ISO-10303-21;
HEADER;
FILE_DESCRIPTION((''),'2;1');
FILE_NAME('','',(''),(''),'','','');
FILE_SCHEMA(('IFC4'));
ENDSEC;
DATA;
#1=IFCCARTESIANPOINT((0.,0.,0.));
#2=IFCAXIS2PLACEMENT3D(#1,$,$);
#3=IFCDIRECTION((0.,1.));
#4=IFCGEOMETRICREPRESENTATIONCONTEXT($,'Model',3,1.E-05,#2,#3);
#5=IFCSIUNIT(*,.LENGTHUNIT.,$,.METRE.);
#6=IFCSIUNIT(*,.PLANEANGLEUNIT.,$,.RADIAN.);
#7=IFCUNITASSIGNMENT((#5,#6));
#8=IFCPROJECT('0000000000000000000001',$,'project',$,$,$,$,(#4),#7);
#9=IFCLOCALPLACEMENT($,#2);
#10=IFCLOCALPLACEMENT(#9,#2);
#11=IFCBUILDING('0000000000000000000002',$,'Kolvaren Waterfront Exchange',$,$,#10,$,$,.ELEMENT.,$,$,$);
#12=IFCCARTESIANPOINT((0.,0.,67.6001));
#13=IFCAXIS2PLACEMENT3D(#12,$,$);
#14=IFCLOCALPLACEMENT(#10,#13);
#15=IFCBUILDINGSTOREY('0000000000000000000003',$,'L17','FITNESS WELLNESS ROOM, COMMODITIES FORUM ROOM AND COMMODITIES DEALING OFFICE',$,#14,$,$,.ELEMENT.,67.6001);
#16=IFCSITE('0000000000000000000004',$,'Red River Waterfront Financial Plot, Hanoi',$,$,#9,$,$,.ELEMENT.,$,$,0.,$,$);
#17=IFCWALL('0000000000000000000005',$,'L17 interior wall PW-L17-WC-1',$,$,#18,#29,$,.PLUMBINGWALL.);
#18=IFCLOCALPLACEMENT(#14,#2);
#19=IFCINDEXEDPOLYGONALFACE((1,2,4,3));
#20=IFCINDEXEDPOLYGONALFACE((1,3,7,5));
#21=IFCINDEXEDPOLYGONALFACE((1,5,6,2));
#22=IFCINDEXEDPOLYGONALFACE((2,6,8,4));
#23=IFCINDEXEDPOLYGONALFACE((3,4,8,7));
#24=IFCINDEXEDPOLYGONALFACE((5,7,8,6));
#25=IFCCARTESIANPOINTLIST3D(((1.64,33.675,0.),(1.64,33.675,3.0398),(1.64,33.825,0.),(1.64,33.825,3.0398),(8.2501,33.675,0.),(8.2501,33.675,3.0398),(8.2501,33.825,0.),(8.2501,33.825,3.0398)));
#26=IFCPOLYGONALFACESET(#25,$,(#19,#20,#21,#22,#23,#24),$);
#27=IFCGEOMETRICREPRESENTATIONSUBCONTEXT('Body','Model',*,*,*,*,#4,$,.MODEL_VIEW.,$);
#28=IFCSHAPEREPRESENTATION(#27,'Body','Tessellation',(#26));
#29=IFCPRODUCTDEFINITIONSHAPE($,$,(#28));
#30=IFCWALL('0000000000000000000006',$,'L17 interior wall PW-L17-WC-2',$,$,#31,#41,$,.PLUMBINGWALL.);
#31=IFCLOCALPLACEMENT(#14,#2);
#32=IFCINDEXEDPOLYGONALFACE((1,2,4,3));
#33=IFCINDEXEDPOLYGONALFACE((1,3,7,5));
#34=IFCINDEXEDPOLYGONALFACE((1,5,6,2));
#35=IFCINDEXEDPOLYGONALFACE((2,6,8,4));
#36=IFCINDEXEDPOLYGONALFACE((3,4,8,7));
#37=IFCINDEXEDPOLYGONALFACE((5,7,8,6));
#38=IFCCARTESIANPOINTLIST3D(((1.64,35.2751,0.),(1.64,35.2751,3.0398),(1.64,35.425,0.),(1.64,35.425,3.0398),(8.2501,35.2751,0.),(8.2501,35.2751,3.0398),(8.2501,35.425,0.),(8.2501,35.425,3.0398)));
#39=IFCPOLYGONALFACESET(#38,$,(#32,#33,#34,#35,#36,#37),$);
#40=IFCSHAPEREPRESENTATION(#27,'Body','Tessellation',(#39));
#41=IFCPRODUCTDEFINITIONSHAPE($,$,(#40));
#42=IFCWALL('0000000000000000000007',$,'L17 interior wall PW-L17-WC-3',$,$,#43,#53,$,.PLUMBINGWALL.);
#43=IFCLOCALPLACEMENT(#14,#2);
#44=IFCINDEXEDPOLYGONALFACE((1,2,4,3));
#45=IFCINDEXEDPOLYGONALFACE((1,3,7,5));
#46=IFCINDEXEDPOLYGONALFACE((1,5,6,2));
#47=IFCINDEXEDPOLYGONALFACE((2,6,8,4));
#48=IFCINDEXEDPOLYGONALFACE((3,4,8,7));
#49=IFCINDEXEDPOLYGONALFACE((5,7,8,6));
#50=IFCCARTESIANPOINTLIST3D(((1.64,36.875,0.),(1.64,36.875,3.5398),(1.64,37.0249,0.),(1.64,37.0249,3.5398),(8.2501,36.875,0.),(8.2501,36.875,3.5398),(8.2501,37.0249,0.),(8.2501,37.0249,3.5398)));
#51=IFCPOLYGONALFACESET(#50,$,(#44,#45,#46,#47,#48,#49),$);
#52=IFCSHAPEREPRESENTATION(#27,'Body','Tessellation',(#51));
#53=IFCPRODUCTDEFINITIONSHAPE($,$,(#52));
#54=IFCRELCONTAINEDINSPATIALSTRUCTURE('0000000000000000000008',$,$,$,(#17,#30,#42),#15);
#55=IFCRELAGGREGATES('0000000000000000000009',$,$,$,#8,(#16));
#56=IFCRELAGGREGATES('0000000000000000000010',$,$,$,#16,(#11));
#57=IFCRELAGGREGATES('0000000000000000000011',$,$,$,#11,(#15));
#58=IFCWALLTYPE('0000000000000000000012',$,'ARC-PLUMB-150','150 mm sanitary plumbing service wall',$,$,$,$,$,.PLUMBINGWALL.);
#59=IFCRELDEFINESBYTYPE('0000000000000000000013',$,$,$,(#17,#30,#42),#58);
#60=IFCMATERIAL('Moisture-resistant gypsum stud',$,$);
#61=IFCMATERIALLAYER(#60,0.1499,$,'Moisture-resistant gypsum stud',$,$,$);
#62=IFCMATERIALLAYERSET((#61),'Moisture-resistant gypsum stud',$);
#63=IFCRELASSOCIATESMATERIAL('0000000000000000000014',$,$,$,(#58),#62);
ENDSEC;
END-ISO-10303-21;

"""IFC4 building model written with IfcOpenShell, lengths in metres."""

from ifc_helpers import new_model, si_unit, direction, frame, frame_2d, origin, place, context, subcontext, project, spatial, rectangle, extrude, material, layer, layer_set, type_object, element, save


model = new_model("IFC4")

# Units and contexts
model_context = context("Model", 3, precision=1e-05, world=origin(), true_north=direction((0.0, 1.0)))
body_context = subcontext(model_context, "Body", "Model", "MODEL_VIEW")
ifc_project = project(units=[si_unit("LENGTHUNIT", "METRE"), si_unit("PLANEANGLEUNIT", "RADIAN")], contexts=[model_context])

# Site, building, storey
site_placement = place(None, origin())
site = spatial("IfcSite", under=ifc_project, at=site_placement, Name="Red River Waterfront Financial Plot, Hanoi", CompositionType="ELEMENT", RefElevation=0.0)
building_placement = place(site_placement, origin())
building = spatial("IfcBuilding", under=site, at=building_placement, Name="Kolvaren Waterfront Exchange", CompositionType="ELEMENT")
storey_placement = place(building_placement, frame((0.0, 0.0, 67.6001)))
storey = spatial("IfcBuildingStorey", under=building, at=storey_placement, Name="L17", Description="FITNESS WELLNESS ROOM, COMMODITIES FORUM ROOM AND COMMODITIES DEALING OFFICE", CompositionType="ELEMENT", Elevation=67.6001)

# Shared definitions
ifc_material_1 = material(Name="Moisture-resistant gypsum stud")
ifc_layer_1 = layer(ifc_material_1, 0.1499, Name="Moisture-resistant gypsum stud")
ifc_layer_set_1 = layer_set([ifc_layer_1], Name="Moisture-resistant gypsum stud")
wall_type_1 = type_object("IfcWallType", Name="ARC-PLUMB-150", Description="150 mm sanitary plumbing service wall", PredefinedType="PLUMBINGWALL", material=ifc_layer_set_1)

# Walls
for number, where, z_axis, x_axis, name in (
    (1, (1.6399, 33.75, 0.0), (0.0, 0.0, 1.0), (1.0, 0.0, 0.0), "L17 interior wall PW-L17-WC-1"),
    (2, (1.6399, 35.3501, 0.0), (0.0, 0.0, 1.0), (1.0, 0.0, 0.0), "L17 interior wall PW-L17-WC-2"),
):
    element("IfcWall", number, at=place(storey_placement, frame(where, z_axis=z_axis, x_axis=x_axis)), inside=storey, type_object=wall_type_1, Name=name, PredefinedType="PLUMBINGWALL", context=body_context, shape_type="SweptSolid", body=[
        extrude(rectangle(XDim=6.6101, YDim=0.1499, at=frame_2d((3.3052, 0.0))), origin(), (0.0, 0.0, 1.0), 3.0398),
    ])
wall_1_placement = place(storey_placement, frame((1.6399, 36.95, 0.0), z_axis=(0.0, 0.0, 1.0), x_axis=(1.0, 0.0, 0.0)))
element("IfcWall", 3, at=wall_1_placement, inside=storey, type_object=wall_type_1, Name="L17 interior wall PW-L17-WC-3", PredefinedType="PLUMBINGWALL", context=body_context, shape_type="SweptSolid", body=[
    extrude(rectangle(XDim=6.6101, YDim=0.1499, at=frame_2d((3.3052, 0.0))), origin(), (0.0, 0.0, 1.0), 3.5398),
])

save(model, "model.ifc")
